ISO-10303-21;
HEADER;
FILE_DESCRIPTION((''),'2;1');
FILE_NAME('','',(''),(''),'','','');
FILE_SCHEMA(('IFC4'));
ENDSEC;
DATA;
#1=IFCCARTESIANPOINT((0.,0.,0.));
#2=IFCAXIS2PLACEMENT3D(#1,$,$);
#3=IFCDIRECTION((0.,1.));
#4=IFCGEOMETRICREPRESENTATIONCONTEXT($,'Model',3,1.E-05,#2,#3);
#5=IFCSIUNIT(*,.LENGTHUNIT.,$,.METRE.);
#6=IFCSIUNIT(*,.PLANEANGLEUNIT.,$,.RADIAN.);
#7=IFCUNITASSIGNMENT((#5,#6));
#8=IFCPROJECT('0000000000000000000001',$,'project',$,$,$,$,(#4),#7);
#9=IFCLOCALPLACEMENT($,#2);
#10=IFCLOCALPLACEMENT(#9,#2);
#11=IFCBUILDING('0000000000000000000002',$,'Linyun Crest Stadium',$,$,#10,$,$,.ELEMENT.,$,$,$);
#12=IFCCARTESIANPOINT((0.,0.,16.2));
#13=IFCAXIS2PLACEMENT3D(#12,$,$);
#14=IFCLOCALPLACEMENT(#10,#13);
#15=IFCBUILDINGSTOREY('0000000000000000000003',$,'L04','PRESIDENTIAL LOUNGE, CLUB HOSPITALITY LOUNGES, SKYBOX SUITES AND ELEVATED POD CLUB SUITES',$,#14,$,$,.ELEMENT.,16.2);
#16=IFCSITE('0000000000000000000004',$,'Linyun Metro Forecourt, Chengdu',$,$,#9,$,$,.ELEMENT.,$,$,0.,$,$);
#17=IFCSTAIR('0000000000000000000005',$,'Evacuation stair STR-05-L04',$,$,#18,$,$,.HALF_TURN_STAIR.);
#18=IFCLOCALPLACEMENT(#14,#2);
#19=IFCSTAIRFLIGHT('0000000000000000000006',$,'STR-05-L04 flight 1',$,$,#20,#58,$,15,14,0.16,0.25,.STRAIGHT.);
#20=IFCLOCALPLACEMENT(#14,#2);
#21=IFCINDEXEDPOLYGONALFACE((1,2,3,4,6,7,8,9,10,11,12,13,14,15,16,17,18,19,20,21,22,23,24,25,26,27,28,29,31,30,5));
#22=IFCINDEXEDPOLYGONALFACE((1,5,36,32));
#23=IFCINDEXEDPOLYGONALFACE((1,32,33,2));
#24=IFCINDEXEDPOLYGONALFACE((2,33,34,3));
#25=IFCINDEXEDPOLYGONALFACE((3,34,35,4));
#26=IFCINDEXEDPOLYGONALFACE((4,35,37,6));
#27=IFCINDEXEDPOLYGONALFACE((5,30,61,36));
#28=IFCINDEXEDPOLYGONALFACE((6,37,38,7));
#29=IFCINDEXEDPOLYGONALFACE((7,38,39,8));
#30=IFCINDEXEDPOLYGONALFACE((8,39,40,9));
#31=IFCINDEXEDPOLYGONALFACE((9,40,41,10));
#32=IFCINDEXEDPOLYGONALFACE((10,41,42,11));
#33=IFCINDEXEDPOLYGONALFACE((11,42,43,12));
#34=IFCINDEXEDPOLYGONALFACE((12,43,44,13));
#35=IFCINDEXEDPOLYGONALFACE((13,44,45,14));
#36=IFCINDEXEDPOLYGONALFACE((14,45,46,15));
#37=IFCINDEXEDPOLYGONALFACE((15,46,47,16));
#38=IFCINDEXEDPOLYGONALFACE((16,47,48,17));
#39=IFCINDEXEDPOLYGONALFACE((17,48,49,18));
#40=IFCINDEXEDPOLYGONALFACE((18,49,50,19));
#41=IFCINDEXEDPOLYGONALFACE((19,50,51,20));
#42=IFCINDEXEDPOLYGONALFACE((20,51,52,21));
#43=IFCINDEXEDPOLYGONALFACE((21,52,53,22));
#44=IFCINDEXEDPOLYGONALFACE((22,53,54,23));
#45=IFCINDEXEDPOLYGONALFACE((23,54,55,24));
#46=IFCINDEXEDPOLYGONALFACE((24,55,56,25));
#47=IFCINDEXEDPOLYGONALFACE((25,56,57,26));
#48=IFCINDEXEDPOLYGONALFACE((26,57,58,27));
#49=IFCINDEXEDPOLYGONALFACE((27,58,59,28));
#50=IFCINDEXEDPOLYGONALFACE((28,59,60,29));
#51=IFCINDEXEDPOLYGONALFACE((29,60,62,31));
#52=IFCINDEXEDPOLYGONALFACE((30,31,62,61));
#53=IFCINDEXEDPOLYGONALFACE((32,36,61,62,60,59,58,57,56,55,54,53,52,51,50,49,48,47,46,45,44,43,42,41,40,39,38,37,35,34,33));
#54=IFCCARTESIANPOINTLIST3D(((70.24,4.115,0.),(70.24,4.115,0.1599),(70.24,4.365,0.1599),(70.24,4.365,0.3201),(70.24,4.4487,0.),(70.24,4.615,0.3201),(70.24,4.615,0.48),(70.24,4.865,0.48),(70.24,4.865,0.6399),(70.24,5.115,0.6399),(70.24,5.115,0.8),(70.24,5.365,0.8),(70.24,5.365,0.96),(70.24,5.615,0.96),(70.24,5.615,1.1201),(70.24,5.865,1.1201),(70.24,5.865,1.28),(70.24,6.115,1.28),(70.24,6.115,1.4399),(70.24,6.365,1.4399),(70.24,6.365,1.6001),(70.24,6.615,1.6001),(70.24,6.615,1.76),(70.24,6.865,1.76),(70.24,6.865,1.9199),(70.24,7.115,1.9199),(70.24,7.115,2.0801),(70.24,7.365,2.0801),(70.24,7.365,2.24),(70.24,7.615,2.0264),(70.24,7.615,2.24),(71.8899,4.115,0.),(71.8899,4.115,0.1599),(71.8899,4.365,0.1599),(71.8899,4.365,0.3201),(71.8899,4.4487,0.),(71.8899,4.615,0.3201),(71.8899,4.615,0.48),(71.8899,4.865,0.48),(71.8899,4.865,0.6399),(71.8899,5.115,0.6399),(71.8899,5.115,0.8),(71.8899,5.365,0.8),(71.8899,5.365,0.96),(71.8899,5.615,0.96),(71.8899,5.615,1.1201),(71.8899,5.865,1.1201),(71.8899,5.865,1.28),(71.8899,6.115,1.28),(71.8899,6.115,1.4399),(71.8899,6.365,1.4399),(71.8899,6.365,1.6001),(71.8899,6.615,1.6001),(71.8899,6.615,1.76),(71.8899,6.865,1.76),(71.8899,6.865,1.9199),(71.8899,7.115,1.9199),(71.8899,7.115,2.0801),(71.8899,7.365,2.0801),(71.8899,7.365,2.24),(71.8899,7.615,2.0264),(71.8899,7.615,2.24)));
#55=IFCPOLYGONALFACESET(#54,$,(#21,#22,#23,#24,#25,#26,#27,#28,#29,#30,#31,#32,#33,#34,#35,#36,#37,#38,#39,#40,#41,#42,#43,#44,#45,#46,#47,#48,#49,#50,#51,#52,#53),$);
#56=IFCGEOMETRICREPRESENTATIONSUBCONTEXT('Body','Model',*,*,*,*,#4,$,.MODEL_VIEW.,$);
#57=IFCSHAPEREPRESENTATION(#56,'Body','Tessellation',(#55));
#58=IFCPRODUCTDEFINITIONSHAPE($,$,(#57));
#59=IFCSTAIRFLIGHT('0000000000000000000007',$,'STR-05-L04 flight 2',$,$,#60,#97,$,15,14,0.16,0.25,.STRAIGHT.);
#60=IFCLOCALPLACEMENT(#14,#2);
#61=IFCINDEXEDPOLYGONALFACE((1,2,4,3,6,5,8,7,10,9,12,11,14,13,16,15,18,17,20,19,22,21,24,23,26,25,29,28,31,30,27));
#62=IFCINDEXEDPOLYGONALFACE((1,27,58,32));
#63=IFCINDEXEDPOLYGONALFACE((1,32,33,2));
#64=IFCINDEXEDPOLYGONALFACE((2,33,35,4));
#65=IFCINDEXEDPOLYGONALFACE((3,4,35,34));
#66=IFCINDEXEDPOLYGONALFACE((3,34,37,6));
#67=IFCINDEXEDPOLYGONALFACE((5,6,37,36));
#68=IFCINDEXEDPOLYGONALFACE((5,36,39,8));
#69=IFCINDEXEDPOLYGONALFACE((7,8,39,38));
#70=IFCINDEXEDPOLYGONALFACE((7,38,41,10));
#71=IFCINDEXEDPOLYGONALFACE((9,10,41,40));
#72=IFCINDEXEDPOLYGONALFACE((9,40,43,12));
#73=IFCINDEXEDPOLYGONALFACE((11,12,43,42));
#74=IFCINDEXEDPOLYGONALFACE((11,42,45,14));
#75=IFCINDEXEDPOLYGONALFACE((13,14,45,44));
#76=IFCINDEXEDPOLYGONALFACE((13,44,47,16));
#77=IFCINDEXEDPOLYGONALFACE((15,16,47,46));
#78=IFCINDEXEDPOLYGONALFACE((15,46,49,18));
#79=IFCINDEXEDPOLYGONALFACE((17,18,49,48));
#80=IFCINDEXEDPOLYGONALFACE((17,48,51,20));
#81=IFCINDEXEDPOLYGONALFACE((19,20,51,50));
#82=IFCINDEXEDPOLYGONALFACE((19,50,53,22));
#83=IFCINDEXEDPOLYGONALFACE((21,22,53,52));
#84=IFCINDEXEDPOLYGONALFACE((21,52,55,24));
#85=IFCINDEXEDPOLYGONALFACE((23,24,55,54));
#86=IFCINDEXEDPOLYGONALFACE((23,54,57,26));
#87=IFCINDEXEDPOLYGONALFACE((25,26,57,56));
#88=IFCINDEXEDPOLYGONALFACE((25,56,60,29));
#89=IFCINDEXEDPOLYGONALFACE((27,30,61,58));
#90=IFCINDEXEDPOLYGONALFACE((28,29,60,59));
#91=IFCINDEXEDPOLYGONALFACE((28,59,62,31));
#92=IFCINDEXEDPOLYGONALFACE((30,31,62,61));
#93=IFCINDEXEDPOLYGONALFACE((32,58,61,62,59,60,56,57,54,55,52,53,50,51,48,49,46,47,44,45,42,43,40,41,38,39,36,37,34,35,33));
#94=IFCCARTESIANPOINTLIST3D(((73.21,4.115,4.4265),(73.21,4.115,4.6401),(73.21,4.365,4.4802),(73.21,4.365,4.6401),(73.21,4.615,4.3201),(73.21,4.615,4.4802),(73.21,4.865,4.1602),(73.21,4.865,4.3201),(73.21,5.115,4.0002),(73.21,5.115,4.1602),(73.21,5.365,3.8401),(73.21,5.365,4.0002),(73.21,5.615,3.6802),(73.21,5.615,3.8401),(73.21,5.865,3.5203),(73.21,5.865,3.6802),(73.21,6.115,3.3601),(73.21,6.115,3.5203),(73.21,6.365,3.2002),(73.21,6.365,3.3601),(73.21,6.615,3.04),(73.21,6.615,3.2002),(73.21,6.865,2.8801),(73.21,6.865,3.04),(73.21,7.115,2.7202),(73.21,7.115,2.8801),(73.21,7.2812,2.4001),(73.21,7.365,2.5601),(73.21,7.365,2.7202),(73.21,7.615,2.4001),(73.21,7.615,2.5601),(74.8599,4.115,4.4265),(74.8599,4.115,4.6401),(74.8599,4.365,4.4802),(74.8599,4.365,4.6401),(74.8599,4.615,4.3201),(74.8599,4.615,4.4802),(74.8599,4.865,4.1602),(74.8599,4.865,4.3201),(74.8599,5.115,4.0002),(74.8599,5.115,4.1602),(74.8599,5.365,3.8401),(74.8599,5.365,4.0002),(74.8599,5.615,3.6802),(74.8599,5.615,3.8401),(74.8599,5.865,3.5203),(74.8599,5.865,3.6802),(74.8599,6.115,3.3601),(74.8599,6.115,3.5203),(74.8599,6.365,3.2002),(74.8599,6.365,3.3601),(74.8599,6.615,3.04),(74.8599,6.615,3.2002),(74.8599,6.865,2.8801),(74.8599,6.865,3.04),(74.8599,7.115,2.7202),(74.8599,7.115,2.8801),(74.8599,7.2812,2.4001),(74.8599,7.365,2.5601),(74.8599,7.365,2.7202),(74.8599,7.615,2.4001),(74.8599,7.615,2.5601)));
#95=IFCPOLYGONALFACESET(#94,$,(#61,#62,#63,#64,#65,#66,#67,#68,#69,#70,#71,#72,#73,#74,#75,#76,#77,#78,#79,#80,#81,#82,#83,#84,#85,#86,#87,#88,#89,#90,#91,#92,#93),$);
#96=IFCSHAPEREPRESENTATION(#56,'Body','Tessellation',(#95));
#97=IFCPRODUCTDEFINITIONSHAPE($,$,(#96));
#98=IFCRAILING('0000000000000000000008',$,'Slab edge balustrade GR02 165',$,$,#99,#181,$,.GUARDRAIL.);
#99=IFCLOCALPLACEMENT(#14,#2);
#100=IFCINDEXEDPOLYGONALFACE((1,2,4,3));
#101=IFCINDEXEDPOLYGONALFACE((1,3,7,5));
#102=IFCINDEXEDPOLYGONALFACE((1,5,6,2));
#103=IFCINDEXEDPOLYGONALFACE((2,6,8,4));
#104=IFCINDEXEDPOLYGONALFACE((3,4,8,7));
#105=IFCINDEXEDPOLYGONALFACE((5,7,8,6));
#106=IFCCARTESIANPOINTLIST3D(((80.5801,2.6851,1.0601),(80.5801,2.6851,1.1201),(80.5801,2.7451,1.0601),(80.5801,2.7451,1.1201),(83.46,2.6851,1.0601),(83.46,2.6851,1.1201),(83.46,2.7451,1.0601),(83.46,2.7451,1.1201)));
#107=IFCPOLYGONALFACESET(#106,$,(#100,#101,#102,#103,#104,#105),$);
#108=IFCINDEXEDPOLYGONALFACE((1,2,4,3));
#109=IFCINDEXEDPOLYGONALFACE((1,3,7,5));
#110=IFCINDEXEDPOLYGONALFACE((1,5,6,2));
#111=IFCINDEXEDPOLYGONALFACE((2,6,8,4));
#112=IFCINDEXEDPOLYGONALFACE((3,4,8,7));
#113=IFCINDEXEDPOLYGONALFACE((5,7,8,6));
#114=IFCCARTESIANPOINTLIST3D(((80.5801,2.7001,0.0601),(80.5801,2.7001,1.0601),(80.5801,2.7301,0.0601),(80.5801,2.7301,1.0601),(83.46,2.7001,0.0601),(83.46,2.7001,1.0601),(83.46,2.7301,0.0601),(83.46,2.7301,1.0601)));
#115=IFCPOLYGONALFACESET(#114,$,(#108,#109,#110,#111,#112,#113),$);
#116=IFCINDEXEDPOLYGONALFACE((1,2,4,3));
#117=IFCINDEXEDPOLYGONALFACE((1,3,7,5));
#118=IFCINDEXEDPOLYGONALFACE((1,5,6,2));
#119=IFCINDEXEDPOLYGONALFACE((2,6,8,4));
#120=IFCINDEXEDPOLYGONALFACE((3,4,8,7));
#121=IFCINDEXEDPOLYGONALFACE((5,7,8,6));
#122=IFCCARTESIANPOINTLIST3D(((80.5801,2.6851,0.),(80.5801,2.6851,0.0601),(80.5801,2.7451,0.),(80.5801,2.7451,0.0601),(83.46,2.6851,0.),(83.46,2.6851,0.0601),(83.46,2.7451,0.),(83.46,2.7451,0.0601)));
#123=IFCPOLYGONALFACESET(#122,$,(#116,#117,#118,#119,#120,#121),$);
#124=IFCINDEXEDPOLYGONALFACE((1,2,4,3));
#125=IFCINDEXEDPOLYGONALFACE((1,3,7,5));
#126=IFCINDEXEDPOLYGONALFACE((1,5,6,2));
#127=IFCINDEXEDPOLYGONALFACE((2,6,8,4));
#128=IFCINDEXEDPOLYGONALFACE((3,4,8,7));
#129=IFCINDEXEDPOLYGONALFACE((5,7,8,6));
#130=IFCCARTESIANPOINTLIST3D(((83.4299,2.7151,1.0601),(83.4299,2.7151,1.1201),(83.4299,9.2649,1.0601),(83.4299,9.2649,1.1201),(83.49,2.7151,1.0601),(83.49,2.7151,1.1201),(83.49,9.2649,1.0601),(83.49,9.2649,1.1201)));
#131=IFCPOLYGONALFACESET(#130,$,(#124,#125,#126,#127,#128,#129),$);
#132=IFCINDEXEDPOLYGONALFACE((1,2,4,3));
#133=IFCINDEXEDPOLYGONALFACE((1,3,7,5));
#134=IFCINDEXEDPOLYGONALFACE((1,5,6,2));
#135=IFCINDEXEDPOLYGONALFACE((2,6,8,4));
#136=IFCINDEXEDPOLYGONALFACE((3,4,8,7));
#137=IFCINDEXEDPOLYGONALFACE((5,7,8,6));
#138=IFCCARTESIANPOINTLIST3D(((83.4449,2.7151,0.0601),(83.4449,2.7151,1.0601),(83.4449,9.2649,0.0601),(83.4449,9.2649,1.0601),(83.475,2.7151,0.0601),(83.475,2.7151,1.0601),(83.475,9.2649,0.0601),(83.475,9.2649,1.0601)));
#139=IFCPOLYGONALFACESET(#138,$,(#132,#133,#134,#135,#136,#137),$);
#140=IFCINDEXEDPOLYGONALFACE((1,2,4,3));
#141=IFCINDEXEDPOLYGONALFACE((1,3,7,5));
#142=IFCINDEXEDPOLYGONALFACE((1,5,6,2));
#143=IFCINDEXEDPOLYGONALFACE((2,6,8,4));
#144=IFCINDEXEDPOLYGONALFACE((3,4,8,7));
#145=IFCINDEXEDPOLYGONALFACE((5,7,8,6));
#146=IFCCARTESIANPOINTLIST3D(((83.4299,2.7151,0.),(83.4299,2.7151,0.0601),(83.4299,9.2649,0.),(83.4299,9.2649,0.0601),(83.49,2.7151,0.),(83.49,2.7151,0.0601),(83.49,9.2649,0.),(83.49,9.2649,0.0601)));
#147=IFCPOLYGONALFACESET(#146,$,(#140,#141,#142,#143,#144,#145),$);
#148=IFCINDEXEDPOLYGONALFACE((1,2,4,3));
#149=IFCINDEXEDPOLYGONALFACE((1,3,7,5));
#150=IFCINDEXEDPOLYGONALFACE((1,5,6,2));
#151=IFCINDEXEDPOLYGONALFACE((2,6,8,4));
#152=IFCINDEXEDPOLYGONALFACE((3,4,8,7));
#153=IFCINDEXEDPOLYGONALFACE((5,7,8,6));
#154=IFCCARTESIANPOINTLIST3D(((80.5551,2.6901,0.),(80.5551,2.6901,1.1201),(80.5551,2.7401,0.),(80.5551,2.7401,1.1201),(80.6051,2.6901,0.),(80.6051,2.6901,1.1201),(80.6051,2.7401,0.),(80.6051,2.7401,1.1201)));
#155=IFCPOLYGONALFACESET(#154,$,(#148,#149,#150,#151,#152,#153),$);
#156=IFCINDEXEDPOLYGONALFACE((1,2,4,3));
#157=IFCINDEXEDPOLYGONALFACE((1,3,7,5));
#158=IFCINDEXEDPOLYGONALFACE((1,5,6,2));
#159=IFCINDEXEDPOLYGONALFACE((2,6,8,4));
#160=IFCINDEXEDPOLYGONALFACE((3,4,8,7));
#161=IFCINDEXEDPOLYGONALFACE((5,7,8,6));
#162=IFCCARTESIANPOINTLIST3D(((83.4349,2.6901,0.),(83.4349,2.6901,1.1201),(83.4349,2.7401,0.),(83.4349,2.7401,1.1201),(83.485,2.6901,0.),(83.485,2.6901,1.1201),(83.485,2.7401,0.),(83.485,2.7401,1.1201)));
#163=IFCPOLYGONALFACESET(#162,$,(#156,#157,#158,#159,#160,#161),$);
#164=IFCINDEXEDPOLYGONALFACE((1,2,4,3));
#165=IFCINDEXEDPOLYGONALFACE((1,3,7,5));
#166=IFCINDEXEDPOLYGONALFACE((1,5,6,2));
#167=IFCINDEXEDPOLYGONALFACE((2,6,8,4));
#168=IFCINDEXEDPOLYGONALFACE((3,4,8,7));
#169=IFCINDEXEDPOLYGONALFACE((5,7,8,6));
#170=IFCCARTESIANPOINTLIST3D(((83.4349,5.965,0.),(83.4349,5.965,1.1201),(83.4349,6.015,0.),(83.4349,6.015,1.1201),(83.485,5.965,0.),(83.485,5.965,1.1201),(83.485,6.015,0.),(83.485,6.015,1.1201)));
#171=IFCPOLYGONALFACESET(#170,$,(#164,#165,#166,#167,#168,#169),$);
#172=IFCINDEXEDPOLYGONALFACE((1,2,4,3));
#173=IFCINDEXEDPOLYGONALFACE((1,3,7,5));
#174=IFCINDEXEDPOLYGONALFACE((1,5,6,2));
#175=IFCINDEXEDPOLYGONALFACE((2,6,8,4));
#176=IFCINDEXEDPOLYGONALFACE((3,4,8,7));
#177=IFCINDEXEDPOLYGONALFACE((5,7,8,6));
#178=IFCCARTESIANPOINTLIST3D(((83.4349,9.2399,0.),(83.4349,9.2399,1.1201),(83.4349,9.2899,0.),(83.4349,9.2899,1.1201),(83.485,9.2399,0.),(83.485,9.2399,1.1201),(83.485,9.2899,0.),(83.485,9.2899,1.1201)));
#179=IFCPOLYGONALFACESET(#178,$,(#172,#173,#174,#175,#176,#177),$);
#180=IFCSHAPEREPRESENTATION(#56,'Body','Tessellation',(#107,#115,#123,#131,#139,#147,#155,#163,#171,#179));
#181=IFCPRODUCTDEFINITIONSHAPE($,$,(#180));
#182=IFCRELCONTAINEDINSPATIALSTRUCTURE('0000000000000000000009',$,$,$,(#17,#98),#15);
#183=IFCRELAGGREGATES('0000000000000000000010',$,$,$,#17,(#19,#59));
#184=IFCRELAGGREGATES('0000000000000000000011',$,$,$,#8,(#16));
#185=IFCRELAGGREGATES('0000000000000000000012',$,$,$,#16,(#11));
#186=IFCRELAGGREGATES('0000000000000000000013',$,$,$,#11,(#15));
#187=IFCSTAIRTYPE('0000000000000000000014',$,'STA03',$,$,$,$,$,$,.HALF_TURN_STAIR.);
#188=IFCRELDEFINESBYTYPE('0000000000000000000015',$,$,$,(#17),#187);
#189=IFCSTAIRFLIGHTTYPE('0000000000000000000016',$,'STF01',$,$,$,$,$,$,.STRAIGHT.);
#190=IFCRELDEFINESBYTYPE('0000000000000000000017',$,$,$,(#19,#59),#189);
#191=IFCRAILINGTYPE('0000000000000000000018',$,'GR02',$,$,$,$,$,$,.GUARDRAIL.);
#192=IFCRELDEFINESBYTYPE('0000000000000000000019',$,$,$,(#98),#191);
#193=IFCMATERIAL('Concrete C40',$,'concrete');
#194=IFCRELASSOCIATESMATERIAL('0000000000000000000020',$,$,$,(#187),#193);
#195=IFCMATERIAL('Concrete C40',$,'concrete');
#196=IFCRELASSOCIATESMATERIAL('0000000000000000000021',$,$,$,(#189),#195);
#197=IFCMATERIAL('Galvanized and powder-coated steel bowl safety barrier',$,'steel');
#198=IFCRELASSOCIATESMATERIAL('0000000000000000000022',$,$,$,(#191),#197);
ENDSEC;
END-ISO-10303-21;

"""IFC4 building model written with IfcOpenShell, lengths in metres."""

from ifc_helpers import new_model, si_unit, direction, frame, origin, origin_2d, place, context, subcontext, project, spatial, polyline, rectangle, outline, extrude, material, type_object, element, aggregate, save


model = new_model("IFC4")

# Units and contexts
model_context = context("Model", 3, precision=1e-05, world=origin(), true_north=direction((0.0, 1.0)))
body_context = subcontext(model_context, "Body", "Model", "MODEL_VIEW")
ifc_project = project(units=[si_unit("LENGTHUNIT", "METRE"), si_unit("PLANEANGLEUNIT", "RADIAN")], contexts=[model_context])

# Site, building, storey
site_placement = place(None, origin())
site = spatial("IfcSite", under=ifc_project, at=site_placement, Name="Linyun Metro Forecourt, Chengdu", CompositionType="ELEMENT", RefElevation=0.0)
building_placement = place(site_placement, origin())
building = spatial("IfcBuilding", under=site, at=building_placement, Name="Linyun Crest Stadium", CompositionType="ELEMENT")
storey_placement = place(building_placement, frame((0.0, 0.0, 16.2)))
storey = spatial("IfcBuildingStorey", under=building, at=storey_placement, Name="L04", Description="PRESIDENTIAL LOUNGE, CLUB HOSPITALITY LOUNGES, SKYBOX SUITES AND ELEVATED POD CLUB SUITES", CompositionType="ELEMENT", Elevation=16.2)

# Stair, stair flights
ifc_material_1 = material(Name="Concrete C40", Category="concrete")
stair_type = type_object("IfcStairType", Name="STA03", PredefinedType="HALF_TURN_STAIR", material=ifc_material_1)
stair_placement = place(storey_placement, origin())
stair = element("IfcStair", 1, at=stair_placement, inside=storey, type_object=stair_type, Name="Evacuation stair STR-05-L04", PredefinedType="HALF_TURN_STAIR")
ifc_material_2 = material(Name="Concrete C40", Category="concrete")
stair_flight_type = type_object("IfcStairFlightType", Name="STF01", PredefinedType="STRAIGHT", material=ifc_material_2)
stair_flight_1_placement = place(storey_placement, frame((71.0649, 4.115, 0.0), z_axis=(0.0, 0.0, 1.0), x_axis=(0.0, 1.0, 0.0)))
stair_flight_1 = element("IfcStairFlight", 2, at=stair_flight_1_placement, type_object=stair_flight_type, Name="STR-05-L04 flight 1", NumberOfRisers=15, NumberOfTreads=14, PredefinedType="STRAIGHT", RiserHeight=0.16, TreadLength=0.25, context=body_context, shape_type="SweptSolid", body=[
    extrude(outline(polyline([(0.0, 0.0), (0.0, 0.1599), (0.25, 0.1599), (0.25, 0.3201), (0.5, 0.3201), (0.5, 0.48), (0.75, 0.48), (0.75, 0.6399), (1.0, 0.6399), (1.0, 0.8), (1.25, 0.8), (1.25, 0.96), (1.5, 0.96), (1.5, 1.1201), (1.75, 1.1201), (1.75, 1.28), (2.0, 1.28), (2.0, 1.4399), (2.25, 1.4399), (2.25, 1.6001), (2.5, 1.6001), (2.5, 1.76), (2.75, 1.76), (2.75, 1.9199), (3.0, 1.9199), (3.0, 2.0801), (3.25, 2.0801), (3.25, 2.24), (3.5, 2.24), (3.5, 2.3999), (3.5, 2.0264), (0.3337, 0.0), (0.0, 0.0)])), frame((0.0, 0.825, 0.0), z_axis=(0.0, -1.0, 0.0), x_axis=(1.0, 0.0, 0.0)), (0.0, 0.0, 1.0), 1.6499),
])
stair_flight_2_placement = place(storey_placement, frame((74.0349, 7.615, 2.4001), z_axis=(0.0, 0.0, 1.0), x_axis=(0.0, -1.0, 0.0)))
stair_flight_2 = element("IfcStairFlight", 3, at=stair_flight_2_placement, type_object=stair_flight_type, Name="STR-05-L04 flight 2", NumberOfRisers=15, NumberOfTreads=14, PredefinedType="STRAIGHT", RiserHeight=0.16, TreadLength=0.25, context=body_context, shape_type="SweptSolid", body=[
    extrude(outline(polyline([(0.0, 0.0), (0.0, 0.1599), (0.25, 0.1599), (0.25, 0.3201), (0.5, 0.3201), (0.5, 0.48), (0.75, 0.48), (0.75, 0.6399), (1.0, 0.6399), (1.0, 0.8), (1.25, 0.8), (1.25, 0.96), (1.5, 0.96), (1.5, 1.1201), (1.75, 1.1201), (1.75, 1.28), (2.0, 1.28), (2.0, 1.4399), (2.25, 1.4399), (2.25, 1.6001), (2.5, 1.6001), (2.5, 1.76), (2.75, 1.76), (2.75, 1.9199), (3.0, 1.9199), (3.0, 2.0801), (3.25, 2.0801), (3.25, 2.24), (3.5, 2.24), (3.5, 2.3999), (3.5, 2.0264), (0.3337, 0.0), (0.0, 0.0)])), frame((0.0, 0.825, 0.0), z_axis=(0.0, -1.0, 0.0), x_axis=(1.0, 0.0, 0.0)), (0.0, 0.0, 1.0), 1.6499),
])
aggregate(stair, [stair_flight_1, stair_flight_2])

# Railing
ifc_material_3 = material(Name="Galvanized and powder-coated steel bowl safety barrier", Category="steel")
railing_type_1 = type_object("IfcRailingType", Name="GR02", PredefinedType="GUARDRAIL", material=ifc_material_3)
railing_1_placement = place(storey_placement, frame((80.5801, 2.7151, 0.0)))
element("IfcRailing", 4, at=railing_1_placement, inside=storey, type_object=railing_type_1, Name="Slab edge balustrade GR02 165", PredefinedType="GUARDRAIL", context=body_context, shape_type="SweptSolid", body=[
    extrude(rectangle(XDim=0.0601, YDim=0.0601, at=origin_2d()), frame((0.0, 0.0, 1.0901), z_axis=(1.0, 0.0, 0.0), x_axis=(0.0, 1.0, 0.0)), (0.0, 0.0, 1.0), 2.8799),
    extrude(rectangle(XDim=0.03, YDim=1.0, at=origin_2d()), frame((0.0, 0.0, 0.5601), z_axis=(1.0, 0.0, 0.0), x_axis=(0.0, 1.0, 0.0)), (0.0, 0.0, 1.0), 2.8799),
    extrude(rectangle(XDim=0.0601, YDim=0.0601, at=origin_2d()), frame((0.0, 0.0, 0.03), z_axis=(1.0, 0.0, 0.0), x_axis=(0.0, 1.0, 0.0)), (0.0, 0.0, 1.0), 2.8799),
    extrude(rectangle(XDim=0.0601, YDim=0.0601, at=origin_2d()), frame((2.8799, 0.0, 1.0901), z_axis=(0.0, 1.0, 0.0), x_axis=(-1.0, 0.0, 0.0)), (0.0, 0.0, 1.0), 6.5498),
    extrude(rectangle(XDim=0.03, YDim=1.0, at=origin_2d()), frame((2.8799, 0.0, 0.5601), z_axis=(0.0, 1.0, 0.0), x_axis=(-1.0, 0.0, 0.0)), (0.0, 0.0, 1.0), 6.5498),
    extrude(rectangle(XDim=0.0601, YDim=0.0601, at=origin_2d()), frame((2.8799, 0.0, 0.03), z_axis=(0.0, 1.0, 0.0), x_axis=(-1.0, 0.0, 0.0)), (0.0, 0.0, 1.0), 6.5498),
    extrude(rectangle(XDim=0.05, YDim=0.05, at=origin_2d()), origin(), (0.0, 0.0, 1.0), 1.1201),
    extrude(rectangle(XDim=0.05, YDim=0.05, at=origin_2d()), frame((2.8799, 0.0, 0.0)), (0.0, 0.0, 1.0), 1.1201),
    extrude(rectangle(XDim=0.05, YDim=0.05, at=origin_2d()), frame((2.8799, 3.2749, 0.0)), (0.0, 0.0, 1.0), 1.1201),
    extrude(rectangle(XDim=0.05, YDim=0.05, at=origin_2d()), frame((2.8799, 6.5498, 0.0)), (0.0, 0.0, 1.0), 1.1201),
])

save(model, "model.ifc")
